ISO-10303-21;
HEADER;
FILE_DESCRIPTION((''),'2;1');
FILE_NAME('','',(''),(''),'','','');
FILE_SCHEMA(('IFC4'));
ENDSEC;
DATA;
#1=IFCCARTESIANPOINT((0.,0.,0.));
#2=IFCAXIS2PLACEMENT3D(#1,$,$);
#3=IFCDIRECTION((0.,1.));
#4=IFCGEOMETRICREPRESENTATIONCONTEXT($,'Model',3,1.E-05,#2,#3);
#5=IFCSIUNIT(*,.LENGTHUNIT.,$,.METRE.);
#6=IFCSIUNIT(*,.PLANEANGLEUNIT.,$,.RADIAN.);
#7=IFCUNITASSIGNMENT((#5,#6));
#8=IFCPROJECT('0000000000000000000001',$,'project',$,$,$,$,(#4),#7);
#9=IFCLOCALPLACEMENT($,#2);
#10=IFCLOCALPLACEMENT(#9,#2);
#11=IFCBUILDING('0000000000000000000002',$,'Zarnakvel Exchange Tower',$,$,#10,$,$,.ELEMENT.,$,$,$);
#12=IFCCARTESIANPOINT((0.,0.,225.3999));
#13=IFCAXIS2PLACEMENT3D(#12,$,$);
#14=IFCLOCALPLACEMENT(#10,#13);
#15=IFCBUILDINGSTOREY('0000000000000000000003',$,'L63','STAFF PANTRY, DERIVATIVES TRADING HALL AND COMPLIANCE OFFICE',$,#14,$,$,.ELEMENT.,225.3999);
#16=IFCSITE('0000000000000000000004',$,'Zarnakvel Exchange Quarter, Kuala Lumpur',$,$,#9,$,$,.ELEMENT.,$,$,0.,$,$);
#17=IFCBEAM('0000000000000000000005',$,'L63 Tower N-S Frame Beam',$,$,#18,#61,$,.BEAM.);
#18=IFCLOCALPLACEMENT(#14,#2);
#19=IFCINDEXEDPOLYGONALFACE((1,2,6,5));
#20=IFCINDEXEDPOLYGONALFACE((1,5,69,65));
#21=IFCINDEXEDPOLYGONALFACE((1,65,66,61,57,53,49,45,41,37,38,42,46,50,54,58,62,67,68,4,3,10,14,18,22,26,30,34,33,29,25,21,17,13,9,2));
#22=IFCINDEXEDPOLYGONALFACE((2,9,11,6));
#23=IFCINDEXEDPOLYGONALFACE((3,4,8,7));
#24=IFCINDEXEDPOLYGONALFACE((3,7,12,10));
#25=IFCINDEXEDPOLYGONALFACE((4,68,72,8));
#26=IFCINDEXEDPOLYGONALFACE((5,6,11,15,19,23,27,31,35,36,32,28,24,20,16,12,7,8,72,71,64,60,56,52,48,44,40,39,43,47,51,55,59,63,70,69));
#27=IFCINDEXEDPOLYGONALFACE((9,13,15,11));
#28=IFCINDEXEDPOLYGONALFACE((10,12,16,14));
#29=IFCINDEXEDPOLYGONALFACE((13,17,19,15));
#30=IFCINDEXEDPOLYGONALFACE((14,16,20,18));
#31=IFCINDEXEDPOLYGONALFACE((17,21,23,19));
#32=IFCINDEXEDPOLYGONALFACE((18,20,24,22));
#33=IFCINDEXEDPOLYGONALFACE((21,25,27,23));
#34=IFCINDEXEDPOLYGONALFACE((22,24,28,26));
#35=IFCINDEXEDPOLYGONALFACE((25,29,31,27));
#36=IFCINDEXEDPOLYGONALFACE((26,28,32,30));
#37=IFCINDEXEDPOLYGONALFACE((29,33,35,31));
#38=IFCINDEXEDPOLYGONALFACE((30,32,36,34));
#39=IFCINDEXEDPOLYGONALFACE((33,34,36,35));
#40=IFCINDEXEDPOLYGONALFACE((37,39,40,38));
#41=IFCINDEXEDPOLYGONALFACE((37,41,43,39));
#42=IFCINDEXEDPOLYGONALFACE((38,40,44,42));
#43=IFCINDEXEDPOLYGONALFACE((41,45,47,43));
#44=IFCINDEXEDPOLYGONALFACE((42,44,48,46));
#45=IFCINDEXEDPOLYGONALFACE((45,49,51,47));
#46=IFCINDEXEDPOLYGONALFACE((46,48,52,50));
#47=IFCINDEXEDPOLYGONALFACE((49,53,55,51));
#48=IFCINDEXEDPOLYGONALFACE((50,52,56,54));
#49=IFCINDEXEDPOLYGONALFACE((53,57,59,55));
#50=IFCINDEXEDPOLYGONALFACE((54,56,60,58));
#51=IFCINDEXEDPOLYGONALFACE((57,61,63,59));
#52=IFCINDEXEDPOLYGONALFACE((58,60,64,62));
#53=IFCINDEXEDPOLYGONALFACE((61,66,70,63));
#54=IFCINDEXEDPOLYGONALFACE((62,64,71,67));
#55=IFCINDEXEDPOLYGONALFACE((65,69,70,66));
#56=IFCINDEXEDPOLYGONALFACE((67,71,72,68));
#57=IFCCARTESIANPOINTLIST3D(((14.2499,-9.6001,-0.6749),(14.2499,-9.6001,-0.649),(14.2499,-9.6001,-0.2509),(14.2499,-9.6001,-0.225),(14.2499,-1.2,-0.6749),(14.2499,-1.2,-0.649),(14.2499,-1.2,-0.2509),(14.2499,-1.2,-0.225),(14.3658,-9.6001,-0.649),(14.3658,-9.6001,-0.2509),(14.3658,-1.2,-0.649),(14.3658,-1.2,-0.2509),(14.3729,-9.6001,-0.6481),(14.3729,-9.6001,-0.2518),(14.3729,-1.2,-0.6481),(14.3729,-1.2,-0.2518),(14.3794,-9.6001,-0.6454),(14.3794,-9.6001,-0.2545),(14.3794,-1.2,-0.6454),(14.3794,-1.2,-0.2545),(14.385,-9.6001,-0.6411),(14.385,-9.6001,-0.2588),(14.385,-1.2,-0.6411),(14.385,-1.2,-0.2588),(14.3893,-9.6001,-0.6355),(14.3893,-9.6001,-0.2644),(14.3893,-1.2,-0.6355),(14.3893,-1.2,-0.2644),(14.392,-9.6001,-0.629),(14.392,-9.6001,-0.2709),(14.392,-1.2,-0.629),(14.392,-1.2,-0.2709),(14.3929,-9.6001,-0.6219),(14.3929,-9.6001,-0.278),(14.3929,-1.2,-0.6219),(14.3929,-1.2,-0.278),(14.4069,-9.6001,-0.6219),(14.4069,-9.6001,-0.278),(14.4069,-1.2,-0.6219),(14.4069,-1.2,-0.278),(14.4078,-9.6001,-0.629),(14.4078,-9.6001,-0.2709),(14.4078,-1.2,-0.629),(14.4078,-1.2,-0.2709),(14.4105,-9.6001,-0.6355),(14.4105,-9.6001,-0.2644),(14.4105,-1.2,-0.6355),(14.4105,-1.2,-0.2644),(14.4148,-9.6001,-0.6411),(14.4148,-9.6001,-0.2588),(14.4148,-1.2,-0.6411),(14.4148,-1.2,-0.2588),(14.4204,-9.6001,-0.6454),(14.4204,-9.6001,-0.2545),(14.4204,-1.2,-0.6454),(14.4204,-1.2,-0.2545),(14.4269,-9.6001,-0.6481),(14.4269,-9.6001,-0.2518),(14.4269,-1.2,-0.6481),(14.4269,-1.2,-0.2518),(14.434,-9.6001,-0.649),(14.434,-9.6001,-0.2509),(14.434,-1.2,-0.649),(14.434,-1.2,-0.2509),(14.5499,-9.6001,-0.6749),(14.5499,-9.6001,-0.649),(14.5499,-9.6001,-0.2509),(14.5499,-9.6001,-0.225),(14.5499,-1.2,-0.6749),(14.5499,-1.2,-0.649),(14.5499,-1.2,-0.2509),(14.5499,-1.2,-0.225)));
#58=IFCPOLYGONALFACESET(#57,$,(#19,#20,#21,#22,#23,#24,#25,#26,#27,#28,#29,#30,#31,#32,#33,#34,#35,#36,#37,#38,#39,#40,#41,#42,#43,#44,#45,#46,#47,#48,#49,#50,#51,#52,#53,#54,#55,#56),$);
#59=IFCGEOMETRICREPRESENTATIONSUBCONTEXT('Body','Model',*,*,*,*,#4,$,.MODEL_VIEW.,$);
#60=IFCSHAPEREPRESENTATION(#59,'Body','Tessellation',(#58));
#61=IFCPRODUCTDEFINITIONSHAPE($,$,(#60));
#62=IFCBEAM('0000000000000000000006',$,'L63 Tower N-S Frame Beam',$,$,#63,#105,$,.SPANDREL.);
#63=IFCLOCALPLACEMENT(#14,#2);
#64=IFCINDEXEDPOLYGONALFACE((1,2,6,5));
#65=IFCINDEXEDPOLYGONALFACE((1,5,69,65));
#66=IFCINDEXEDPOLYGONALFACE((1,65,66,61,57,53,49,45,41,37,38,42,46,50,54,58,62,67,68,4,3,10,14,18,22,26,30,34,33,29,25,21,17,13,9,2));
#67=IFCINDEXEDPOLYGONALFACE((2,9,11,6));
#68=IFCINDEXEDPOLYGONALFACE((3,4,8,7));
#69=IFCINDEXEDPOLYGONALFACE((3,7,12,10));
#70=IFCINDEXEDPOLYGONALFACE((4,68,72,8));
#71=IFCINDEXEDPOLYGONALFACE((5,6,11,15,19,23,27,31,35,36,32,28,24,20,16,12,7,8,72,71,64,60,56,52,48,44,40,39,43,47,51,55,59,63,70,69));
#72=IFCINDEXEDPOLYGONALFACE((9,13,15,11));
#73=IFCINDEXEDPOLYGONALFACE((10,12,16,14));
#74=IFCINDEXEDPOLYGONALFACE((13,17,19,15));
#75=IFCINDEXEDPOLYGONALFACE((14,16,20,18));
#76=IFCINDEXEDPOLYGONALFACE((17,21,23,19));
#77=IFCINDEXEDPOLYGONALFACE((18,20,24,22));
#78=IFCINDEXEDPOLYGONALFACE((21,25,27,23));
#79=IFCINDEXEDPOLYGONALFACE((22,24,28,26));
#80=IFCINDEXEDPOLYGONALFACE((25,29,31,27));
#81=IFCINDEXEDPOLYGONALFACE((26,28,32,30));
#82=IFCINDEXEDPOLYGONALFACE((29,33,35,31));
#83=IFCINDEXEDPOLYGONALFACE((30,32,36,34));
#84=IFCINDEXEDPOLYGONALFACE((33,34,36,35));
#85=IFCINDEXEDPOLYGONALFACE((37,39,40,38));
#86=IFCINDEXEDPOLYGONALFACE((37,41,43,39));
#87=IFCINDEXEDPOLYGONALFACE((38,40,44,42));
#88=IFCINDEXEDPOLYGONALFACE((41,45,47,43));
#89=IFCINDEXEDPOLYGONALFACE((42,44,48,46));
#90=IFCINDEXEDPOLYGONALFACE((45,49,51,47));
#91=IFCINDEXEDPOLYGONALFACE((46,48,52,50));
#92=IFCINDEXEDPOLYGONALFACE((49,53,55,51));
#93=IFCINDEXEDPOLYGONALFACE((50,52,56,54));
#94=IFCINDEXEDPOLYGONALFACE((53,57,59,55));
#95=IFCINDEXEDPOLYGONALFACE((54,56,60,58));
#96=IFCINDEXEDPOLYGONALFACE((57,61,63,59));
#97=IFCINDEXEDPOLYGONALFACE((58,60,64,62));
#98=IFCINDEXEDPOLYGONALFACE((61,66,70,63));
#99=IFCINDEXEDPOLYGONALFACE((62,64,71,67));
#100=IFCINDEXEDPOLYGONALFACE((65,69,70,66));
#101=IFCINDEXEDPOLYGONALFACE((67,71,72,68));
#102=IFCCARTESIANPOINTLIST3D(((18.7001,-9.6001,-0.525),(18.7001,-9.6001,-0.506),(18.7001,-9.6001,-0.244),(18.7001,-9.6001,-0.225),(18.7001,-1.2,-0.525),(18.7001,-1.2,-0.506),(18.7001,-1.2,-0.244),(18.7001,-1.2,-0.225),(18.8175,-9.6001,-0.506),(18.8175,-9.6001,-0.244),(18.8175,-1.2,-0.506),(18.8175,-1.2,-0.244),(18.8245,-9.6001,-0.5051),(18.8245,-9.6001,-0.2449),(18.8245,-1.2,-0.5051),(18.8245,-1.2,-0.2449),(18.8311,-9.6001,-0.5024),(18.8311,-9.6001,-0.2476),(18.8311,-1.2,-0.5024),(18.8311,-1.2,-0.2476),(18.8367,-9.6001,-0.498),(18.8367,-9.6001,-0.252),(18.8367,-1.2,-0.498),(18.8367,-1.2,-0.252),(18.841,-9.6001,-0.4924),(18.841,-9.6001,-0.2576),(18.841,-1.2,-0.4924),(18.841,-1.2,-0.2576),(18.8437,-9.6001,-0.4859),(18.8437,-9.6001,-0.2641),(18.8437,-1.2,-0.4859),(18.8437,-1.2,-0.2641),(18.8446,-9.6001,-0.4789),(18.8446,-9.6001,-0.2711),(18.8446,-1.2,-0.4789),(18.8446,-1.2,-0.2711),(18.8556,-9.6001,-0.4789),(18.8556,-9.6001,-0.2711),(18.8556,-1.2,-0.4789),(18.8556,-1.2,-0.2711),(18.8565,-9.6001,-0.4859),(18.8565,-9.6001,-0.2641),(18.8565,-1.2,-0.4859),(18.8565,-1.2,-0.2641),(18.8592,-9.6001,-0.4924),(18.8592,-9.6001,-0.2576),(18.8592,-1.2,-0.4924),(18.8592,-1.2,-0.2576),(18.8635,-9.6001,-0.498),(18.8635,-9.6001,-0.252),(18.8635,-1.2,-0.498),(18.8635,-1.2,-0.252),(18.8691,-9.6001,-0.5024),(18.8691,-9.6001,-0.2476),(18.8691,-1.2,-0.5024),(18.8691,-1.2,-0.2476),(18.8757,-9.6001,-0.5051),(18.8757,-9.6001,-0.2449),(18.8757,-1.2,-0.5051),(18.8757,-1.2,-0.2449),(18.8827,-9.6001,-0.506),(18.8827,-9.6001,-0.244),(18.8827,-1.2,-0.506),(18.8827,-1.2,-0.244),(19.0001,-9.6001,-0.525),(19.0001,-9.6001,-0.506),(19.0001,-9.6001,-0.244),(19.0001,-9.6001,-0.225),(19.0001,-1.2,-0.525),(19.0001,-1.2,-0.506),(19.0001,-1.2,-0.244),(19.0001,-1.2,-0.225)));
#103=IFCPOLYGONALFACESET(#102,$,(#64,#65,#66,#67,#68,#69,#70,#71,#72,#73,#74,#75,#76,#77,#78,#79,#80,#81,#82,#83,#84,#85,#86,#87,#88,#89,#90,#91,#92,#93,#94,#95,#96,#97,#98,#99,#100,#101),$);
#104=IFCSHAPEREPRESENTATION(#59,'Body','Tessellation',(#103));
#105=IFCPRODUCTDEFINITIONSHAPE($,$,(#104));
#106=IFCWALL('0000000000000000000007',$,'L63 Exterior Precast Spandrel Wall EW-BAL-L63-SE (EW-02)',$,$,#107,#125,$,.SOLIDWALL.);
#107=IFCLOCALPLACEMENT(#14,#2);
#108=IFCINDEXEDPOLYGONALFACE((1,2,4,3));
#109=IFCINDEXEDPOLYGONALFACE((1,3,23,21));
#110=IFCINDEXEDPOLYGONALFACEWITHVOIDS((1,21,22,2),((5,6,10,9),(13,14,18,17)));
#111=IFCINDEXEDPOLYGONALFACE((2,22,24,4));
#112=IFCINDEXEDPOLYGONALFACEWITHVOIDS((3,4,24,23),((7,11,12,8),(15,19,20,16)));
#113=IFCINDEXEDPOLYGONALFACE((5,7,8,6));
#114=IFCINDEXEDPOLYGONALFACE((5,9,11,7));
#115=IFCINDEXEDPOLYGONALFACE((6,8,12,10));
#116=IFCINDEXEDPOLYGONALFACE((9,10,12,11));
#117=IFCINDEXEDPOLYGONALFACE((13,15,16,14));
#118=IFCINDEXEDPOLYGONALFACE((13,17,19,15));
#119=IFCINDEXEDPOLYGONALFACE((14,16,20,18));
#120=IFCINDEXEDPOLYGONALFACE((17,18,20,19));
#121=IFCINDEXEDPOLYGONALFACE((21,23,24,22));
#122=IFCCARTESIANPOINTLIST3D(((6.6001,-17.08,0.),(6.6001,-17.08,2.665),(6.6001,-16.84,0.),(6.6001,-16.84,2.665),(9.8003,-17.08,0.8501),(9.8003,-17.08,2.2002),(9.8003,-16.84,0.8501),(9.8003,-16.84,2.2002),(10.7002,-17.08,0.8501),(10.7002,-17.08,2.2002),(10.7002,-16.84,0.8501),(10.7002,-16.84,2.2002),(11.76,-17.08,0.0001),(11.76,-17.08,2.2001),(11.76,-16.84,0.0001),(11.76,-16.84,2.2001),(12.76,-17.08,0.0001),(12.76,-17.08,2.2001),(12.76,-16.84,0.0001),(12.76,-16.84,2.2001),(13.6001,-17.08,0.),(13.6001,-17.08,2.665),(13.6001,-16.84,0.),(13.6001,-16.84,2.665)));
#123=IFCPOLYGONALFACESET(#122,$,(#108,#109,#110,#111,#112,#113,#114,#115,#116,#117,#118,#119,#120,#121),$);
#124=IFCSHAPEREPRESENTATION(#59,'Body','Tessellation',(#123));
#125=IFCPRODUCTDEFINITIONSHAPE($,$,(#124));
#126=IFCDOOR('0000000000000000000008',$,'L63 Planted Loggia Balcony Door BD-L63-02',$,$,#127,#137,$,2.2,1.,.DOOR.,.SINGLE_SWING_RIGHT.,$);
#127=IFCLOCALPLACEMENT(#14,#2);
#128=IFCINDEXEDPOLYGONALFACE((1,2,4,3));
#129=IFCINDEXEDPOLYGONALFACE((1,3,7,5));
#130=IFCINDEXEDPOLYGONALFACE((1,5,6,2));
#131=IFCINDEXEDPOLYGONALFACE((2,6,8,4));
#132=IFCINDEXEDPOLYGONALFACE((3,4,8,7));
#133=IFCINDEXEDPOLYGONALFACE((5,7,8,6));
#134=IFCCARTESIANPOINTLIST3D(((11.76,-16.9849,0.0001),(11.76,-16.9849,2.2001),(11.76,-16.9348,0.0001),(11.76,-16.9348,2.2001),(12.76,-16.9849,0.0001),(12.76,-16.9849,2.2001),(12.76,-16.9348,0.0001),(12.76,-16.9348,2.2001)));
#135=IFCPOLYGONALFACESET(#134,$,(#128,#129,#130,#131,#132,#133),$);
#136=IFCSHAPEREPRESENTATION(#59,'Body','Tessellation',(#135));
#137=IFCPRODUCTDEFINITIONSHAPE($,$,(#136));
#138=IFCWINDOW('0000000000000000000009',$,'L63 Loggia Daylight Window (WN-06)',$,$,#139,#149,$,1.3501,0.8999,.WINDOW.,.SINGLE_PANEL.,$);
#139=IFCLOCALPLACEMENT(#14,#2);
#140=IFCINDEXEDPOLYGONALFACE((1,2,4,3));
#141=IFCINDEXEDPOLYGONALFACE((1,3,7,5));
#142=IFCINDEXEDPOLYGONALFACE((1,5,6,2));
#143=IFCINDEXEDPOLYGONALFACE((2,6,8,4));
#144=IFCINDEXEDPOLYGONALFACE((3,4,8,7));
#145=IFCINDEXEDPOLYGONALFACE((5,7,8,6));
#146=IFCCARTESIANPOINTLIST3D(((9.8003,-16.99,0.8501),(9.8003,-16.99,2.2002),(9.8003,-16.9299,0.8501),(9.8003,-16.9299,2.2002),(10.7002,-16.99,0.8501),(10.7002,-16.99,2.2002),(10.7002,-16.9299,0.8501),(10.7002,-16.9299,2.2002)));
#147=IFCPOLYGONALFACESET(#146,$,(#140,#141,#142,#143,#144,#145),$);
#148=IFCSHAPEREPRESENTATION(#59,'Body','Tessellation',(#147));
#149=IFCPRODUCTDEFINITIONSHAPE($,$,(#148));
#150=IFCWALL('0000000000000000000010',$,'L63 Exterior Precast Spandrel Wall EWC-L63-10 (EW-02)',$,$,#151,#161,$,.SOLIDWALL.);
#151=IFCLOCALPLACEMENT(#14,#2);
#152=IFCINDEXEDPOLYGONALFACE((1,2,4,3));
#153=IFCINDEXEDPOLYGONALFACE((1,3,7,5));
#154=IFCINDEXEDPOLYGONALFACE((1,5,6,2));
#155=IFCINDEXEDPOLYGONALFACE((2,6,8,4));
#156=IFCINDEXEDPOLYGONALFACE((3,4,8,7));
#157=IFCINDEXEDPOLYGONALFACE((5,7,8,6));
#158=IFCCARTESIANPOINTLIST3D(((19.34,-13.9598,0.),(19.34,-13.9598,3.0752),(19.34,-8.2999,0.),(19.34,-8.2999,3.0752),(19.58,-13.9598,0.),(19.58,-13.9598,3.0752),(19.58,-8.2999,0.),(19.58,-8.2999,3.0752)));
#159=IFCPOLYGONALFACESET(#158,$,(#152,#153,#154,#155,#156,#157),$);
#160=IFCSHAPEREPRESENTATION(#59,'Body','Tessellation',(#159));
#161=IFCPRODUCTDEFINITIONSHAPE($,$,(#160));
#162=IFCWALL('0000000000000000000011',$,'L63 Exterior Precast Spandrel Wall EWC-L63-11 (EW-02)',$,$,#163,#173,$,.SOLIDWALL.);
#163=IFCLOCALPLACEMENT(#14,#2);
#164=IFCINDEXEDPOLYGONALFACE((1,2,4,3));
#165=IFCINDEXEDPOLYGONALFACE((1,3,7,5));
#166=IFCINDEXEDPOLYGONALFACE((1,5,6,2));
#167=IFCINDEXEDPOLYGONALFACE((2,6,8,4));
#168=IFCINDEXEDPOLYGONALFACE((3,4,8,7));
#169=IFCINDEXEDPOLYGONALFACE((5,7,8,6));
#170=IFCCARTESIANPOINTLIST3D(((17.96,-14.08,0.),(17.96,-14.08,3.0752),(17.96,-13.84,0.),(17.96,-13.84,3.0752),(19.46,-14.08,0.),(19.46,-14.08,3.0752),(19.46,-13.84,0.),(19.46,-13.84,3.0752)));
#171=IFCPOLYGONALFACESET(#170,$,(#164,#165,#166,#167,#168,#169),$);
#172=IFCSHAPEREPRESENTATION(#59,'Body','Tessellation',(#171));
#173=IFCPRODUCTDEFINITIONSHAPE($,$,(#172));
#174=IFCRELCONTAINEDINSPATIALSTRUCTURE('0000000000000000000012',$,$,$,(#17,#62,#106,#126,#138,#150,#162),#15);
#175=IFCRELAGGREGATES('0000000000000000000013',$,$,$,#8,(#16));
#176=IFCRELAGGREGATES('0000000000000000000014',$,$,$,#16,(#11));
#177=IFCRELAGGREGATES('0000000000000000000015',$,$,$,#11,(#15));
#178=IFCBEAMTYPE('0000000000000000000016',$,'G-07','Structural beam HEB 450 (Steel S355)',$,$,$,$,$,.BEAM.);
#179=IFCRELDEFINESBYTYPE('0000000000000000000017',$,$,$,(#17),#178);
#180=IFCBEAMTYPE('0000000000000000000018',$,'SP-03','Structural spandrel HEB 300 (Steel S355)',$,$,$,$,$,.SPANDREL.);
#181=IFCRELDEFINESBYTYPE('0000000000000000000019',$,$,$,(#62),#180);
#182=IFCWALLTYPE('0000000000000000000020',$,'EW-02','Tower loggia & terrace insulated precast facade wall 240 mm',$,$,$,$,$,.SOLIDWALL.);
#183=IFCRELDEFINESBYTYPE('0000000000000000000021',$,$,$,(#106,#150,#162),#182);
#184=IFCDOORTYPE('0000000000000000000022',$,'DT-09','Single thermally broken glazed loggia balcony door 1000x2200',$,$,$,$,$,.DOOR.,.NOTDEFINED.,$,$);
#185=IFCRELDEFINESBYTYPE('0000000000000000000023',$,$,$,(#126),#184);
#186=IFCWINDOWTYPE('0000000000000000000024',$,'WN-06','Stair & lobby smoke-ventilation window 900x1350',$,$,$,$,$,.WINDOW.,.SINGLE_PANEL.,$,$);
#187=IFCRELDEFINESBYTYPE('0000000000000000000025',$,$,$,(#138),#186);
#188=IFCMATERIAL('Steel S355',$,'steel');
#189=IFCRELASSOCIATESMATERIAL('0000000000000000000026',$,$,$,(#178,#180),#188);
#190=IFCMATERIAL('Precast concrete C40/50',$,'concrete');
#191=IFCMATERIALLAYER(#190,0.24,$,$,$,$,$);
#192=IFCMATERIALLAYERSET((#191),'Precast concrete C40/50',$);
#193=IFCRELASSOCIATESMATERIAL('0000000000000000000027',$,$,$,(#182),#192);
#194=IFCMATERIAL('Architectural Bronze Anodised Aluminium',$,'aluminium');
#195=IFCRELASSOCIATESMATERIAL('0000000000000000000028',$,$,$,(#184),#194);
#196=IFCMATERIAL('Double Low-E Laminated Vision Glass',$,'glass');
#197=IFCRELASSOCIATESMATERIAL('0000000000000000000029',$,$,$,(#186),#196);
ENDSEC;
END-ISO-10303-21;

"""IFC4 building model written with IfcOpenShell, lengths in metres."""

from ifc_helpers import new_model, si_unit, direction, frame, frame_2d, origin, origin_2d, place, context, subcontext, project, spatial, rectangle, i_section, extrude, source, transform, mapped, material, layer, layer_set, material_profile, profile_set, type_object, element, fill, save


model = new_model("IFC4")

# Units and contexts
model_context = context("Model", 3, precision=1e-05, world=origin(), true_north=direction((0.0, 1.0)))
body_context = subcontext(model_context, "Body", "Model", "MODEL_VIEW")
ifc_project = project(units=[si_unit("LENGTHUNIT", "METRE"), si_unit("PLANEANGLEUNIT", "RADIAN")], contexts=[model_context])

# Site, building, storey
site_placement = place(None, origin())
site = spatial("IfcSite", under=ifc_project, at=site_placement, Name="Zarnakvel Exchange Quarter, Kuala Lumpur", CompositionType="ELEMENT", RefElevation=0.0)
building_placement = place(site_placement, origin())
building = spatial("IfcBuilding", under=site, at=building_placement, Name="Zarnakvel Exchange Tower", CompositionType="ELEMENT")
storey_placement = place(building_placement, frame((0.0, 0.0, 225.3999)))
storey = spatial("IfcBuildingStorey", under=building, at=storey_placement, Name="L63", Description="STAFF PANTRY, DERIVATIVES TRADING HALL AND COMPLIANCE OFFICE", CompositionType="ELEMENT", Elevation=225.3999)

# Shared definitions
ifc_material_1 = material(Name="Steel S355", Category="steel")

# Beams
ifc_material_profile_1 = material_profile(ifc_material_1, i_section(OverallWidth=0.3, OverallDepth=0.45, WebThickness=0.0139, FlangeThickness=0.0259, FilletRadius=0.0271, at=origin_2d()))
ifc_profile_set_1 = profile_set([ifc_material_profile_1], Name="Steel S355")
beam_type_1 = type_object("IfcBeamType", Name="G-07", Description="Structural beam HEB 450 (Steel S355)", PredefinedType="BEAM", material=ifc_profile_set_1)
beam_1_placement = place(storey_placement, frame((14.3999, -9.6001, -0.45), z_axis=(0.0, 1.0, 0.0), x_axis=(-1.0, 0.0, 0.0)))
element("IfcBeam", 1, at=beam_1_placement, inside=storey, type_object=beam_type_1, Name="L63 Tower N-S Frame Beam", PredefinedType="BEAM", context=body_context, shape_type="SweptSolid", body=[
    extrude(i_section(OverallWidth=0.3, OverallDepth=0.45, WebThickness=0.0139, FlangeThickness=0.0259, FilletRadius=0.0271, at=origin_2d()), origin(), (0.0, 0.0, 1.0), 8.4001),
])
ifc_material_profile_2 = material_profile(ifc_material_1, i_section(OverallWidth=0.3, OverallDepth=0.3, WebThickness=0.011, FlangeThickness=0.019, FilletRadius=0.0271, at=origin_2d()))
ifc_profile_set_2 = profile_set([ifc_material_profile_2], Name="Steel S355")
beam_type_2 = type_object("IfcBeamType", Name="SP-03", Description="Structural spandrel HEB 300 (Steel S355)", PredefinedType="SPANDREL", material=ifc_profile_set_2)
beam_2_placement = place(storey_placement, frame((18.8501, -9.6001, -0.375), z_axis=(0.0, 1.0, 0.0), x_axis=(-1.0, 0.0, 0.0)))
element("IfcBeam", 2, at=beam_2_placement, inside=storey, type_object=beam_type_2, Name="L63 Tower N-S Frame Beam", PredefinedType="SPANDREL", context=body_context, shape_type="SweptSolid", body=[
    extrude(i_section(OverallWidth=0.3, OverallDepth=0.3, WebThickness=0.011, FlangeThickness=0.019, FilletRadius=0.0271, at=origin_2d()), origin(), (0.0, 0.0, 1.0), 8.4001),
])

# Wall, openings, door, window
ifc_material_2 = material(Name="Precast concrete C40/50", Category="concrete")
ifc_layer_1 = layer(ifc_material_2, 0.24)
ifc_layer_set_1 = layer_set([ifc_layer_1], Name="Precast concrete C40/50")
wall_type_1 = type_object("IfcWallType", Name="EW-02", Description="Tower loggia & terrace insulated precast facade wall 240 mm", PredefinedType="SOLIDWALL", material=ifc_layer_set_1)
wall_1_placement = place(storey_placement, frame((13.6001, -16.96, 0.0), z_axis=(0.0, 0.0, 1.0), x_axis=(-1.0, 0.0, 0.0)))
wall_1 = element("IfcWall", 3, at=wall_1_placement, inside=storey, type_object=wall_type_1, Name="L63 Exterior Precast Spandrel Wall EW-BAL-L63-SE (EW-02)", PredefinedType="SOLIDWALL", context=body_context, shape_type="SweptSolid", body=[
    extrude(rectangle(XDim=7.0, YDim=0.24, at=frame_2d((3.5, 0.0))), origin(), (0.0, 0.0, 1.0), 2.665),
])
opening_1_placement = place(wall_1_placement, frame((0.8401, 0.0, 0.0)))
opening_1 = element("IfcOpeningElement", 4, at=opening_1_placement, cuts=wall_1, PredefinedType="OPENING", context=body_context, shape_type="SweptSolid", body=[
    extrude(rectangle(XDim=1.0, YDim=2.2, at=frame_2d((0.5, 1.1001))), frame((0.0, 0.1299, 0.0), z_axis=(0.0, -1.0, 0.0), x_axis=(1.0, 0.0, 0.0)), (0.0, 0.0, 1.0), 0.26),
])
opening_2_placement = place(wall_1_placement, frame((2.8999, 0.0, 0.8501)))
opening_2 = element("IfcOpeningElement", 5, at=opening_2_placement, cuts=wall_1, PredefinedType="OPENING", context=body_context, shape_type="SweptSolid", body=[
    extrude(rectangle(XDim=0.8999, YDim=1.3501, at=frame_2d((0.45, 0.675))), frame((0.0, 0.1299, 0.0), z_axis=(0.0, -1.0, 0.0), x_axis=(1.0, 0.0, 0.0)), (0.0, 0.0, 1.0), 0.26),
])
ifc_material_3 = material(Name="Architectural Bronze Anodised Aluminium", Category="aluminium")
door_type = type_object("IfcDoorType", Name="DT-09", Description="Single thermally broken glazed loggia balcony door 1000x2200", OperationType="NOTDEFINED", PredefinedType="DOOR", material=ifc_material_3)
shared_shape_1 = source(origin(), body_context, "Body", "SweptSolid", [
    extrude(rectangle(XDim=1.0, YDim=2.2, at=frame_2d((0.5, 1.1001))), frame((0.0, 0.0249, 0.0), z_axis=(0.0, -1.0, 0.0), x_axis=(1.0, 0.0, 0.0)), (0.0, 0.0, 1.0), 0.05),
])
door_placement = place(opening_1_placement, origin())
door = element("IfcDoor", 6, at=door_placement, inside=storey, type_object=door_type, Name="L63 Planted Loggia Balcony Door BD-L63-02", OperationType="SINGLE_SWING_RIGHT", OverallHeight=2.2, OverallWidth=1.0, PredefinedType="DOOR", context=body_context, shape_type="MappedRepresentation", body=[
    mapped(shared_shape_1, transform((0.0, 0.0, 0.0), x_axis=(1.0, 0.0, 0.0), y_axis=(0.0, 1.0, 0.0), z_axis=(0.0, 0.0, 1.0), scale=1.0)),
])
fill(opening_1, door)
ifc_material_4 = material(Name="Double Low-E Laminated Vision Glass", Category="glass")
window_type = type_object("IfcWindowType", Name="WN-06", Description="Stair & lobby smoke-ventilation window 900x1350", PartitioningType="SINGLE_PANEL", PredefinedType="WINDOW", material=ifc_material_4)
shared_shape_2 = source(origin(), body_context, "Body", "SweptSolid", [
    extrude(rectangle(XDim=0.8999, YDim=1.3501, at=frame_2d((0.45, 0.675))), frame((0.0, 0.03, 0.0), z_axis=(0.0, -1.0, 0.0), x_axis=(1.0, 0.0, 0.0)), (0.0, 0.0, 1.0), 0.0601),
])
window_placement = place(opening_2_placement, origin())
window = element("IfcWindow", 7, at=window_placement, inside=storey, type_object=window_type, Name="L63 Loggia Daylight Window (WN-06)", OverallHeight=1.3501, OverallWidth=0.8999, PartitioningType="SINGLE_PANEL", PredefinedType="WINDOW", context=body_context, shape_type="MappedRepresentation", body=[
    mapped(shared_shape_2, transform((0.0, 0.0, 0.0), x_axis=(1.0, 0.0, 0.0), y_axis=(0.0, 1.0, 0.0), z_axis=(0.0, 0.0, 1.0), scale=1.0)),
])
fill(opening_2, window)

# Walls
wall_2_placement = place(storey_placement, frame((19.46, -13.96, 0.0), z_axis=(0.0, 0.0, 1.0), x_axis=(0.0, 1.0, 0.0)))
element("IfcWall", 8, at=wall_2_placement, inside=storey, type_object=wall_type_1, Name="L63 Exterior Precast Spandrel Wall EWC-L63-10 (EW-02)", PredefinedType="SOLIDWALL", context=body_context, shape_type="SweptSolid", body=[
    extrude(rectangle(XDim=5.6599, YDim=0.24, at=frame_2d((2.8301, 0.0))), origin(), (0.0, 0.0, 1.0), 3.0752),
])
for number, where, z_axis, x_axis, name in (
    (9, (17.96, -13.96, 0.0), (0.0, 0.0, 1.0), (1.0, 0.0, 0.0), "L63 Exterior Precast Spandrel Wall EWC-L63-11 (EW-02)"),
):
    element("IfcWall", number, at=place(storey_placement, frame(where, z_axis=z_axis, x_axis=x_axis)), inside=storey, type_object=wall_type_1, Name=name, PredefinedType="SOLIDWALL", context=body_context, shape_type="SweptSolid", body=[
        extrude(rectangle(XDim=1.5, YDim=0.24, at=frame_2d((0.75, 0.0))), origin(), (0.0, 0.0, 1.0), 3.0752),
    ])

save(model, "model.ifc")
